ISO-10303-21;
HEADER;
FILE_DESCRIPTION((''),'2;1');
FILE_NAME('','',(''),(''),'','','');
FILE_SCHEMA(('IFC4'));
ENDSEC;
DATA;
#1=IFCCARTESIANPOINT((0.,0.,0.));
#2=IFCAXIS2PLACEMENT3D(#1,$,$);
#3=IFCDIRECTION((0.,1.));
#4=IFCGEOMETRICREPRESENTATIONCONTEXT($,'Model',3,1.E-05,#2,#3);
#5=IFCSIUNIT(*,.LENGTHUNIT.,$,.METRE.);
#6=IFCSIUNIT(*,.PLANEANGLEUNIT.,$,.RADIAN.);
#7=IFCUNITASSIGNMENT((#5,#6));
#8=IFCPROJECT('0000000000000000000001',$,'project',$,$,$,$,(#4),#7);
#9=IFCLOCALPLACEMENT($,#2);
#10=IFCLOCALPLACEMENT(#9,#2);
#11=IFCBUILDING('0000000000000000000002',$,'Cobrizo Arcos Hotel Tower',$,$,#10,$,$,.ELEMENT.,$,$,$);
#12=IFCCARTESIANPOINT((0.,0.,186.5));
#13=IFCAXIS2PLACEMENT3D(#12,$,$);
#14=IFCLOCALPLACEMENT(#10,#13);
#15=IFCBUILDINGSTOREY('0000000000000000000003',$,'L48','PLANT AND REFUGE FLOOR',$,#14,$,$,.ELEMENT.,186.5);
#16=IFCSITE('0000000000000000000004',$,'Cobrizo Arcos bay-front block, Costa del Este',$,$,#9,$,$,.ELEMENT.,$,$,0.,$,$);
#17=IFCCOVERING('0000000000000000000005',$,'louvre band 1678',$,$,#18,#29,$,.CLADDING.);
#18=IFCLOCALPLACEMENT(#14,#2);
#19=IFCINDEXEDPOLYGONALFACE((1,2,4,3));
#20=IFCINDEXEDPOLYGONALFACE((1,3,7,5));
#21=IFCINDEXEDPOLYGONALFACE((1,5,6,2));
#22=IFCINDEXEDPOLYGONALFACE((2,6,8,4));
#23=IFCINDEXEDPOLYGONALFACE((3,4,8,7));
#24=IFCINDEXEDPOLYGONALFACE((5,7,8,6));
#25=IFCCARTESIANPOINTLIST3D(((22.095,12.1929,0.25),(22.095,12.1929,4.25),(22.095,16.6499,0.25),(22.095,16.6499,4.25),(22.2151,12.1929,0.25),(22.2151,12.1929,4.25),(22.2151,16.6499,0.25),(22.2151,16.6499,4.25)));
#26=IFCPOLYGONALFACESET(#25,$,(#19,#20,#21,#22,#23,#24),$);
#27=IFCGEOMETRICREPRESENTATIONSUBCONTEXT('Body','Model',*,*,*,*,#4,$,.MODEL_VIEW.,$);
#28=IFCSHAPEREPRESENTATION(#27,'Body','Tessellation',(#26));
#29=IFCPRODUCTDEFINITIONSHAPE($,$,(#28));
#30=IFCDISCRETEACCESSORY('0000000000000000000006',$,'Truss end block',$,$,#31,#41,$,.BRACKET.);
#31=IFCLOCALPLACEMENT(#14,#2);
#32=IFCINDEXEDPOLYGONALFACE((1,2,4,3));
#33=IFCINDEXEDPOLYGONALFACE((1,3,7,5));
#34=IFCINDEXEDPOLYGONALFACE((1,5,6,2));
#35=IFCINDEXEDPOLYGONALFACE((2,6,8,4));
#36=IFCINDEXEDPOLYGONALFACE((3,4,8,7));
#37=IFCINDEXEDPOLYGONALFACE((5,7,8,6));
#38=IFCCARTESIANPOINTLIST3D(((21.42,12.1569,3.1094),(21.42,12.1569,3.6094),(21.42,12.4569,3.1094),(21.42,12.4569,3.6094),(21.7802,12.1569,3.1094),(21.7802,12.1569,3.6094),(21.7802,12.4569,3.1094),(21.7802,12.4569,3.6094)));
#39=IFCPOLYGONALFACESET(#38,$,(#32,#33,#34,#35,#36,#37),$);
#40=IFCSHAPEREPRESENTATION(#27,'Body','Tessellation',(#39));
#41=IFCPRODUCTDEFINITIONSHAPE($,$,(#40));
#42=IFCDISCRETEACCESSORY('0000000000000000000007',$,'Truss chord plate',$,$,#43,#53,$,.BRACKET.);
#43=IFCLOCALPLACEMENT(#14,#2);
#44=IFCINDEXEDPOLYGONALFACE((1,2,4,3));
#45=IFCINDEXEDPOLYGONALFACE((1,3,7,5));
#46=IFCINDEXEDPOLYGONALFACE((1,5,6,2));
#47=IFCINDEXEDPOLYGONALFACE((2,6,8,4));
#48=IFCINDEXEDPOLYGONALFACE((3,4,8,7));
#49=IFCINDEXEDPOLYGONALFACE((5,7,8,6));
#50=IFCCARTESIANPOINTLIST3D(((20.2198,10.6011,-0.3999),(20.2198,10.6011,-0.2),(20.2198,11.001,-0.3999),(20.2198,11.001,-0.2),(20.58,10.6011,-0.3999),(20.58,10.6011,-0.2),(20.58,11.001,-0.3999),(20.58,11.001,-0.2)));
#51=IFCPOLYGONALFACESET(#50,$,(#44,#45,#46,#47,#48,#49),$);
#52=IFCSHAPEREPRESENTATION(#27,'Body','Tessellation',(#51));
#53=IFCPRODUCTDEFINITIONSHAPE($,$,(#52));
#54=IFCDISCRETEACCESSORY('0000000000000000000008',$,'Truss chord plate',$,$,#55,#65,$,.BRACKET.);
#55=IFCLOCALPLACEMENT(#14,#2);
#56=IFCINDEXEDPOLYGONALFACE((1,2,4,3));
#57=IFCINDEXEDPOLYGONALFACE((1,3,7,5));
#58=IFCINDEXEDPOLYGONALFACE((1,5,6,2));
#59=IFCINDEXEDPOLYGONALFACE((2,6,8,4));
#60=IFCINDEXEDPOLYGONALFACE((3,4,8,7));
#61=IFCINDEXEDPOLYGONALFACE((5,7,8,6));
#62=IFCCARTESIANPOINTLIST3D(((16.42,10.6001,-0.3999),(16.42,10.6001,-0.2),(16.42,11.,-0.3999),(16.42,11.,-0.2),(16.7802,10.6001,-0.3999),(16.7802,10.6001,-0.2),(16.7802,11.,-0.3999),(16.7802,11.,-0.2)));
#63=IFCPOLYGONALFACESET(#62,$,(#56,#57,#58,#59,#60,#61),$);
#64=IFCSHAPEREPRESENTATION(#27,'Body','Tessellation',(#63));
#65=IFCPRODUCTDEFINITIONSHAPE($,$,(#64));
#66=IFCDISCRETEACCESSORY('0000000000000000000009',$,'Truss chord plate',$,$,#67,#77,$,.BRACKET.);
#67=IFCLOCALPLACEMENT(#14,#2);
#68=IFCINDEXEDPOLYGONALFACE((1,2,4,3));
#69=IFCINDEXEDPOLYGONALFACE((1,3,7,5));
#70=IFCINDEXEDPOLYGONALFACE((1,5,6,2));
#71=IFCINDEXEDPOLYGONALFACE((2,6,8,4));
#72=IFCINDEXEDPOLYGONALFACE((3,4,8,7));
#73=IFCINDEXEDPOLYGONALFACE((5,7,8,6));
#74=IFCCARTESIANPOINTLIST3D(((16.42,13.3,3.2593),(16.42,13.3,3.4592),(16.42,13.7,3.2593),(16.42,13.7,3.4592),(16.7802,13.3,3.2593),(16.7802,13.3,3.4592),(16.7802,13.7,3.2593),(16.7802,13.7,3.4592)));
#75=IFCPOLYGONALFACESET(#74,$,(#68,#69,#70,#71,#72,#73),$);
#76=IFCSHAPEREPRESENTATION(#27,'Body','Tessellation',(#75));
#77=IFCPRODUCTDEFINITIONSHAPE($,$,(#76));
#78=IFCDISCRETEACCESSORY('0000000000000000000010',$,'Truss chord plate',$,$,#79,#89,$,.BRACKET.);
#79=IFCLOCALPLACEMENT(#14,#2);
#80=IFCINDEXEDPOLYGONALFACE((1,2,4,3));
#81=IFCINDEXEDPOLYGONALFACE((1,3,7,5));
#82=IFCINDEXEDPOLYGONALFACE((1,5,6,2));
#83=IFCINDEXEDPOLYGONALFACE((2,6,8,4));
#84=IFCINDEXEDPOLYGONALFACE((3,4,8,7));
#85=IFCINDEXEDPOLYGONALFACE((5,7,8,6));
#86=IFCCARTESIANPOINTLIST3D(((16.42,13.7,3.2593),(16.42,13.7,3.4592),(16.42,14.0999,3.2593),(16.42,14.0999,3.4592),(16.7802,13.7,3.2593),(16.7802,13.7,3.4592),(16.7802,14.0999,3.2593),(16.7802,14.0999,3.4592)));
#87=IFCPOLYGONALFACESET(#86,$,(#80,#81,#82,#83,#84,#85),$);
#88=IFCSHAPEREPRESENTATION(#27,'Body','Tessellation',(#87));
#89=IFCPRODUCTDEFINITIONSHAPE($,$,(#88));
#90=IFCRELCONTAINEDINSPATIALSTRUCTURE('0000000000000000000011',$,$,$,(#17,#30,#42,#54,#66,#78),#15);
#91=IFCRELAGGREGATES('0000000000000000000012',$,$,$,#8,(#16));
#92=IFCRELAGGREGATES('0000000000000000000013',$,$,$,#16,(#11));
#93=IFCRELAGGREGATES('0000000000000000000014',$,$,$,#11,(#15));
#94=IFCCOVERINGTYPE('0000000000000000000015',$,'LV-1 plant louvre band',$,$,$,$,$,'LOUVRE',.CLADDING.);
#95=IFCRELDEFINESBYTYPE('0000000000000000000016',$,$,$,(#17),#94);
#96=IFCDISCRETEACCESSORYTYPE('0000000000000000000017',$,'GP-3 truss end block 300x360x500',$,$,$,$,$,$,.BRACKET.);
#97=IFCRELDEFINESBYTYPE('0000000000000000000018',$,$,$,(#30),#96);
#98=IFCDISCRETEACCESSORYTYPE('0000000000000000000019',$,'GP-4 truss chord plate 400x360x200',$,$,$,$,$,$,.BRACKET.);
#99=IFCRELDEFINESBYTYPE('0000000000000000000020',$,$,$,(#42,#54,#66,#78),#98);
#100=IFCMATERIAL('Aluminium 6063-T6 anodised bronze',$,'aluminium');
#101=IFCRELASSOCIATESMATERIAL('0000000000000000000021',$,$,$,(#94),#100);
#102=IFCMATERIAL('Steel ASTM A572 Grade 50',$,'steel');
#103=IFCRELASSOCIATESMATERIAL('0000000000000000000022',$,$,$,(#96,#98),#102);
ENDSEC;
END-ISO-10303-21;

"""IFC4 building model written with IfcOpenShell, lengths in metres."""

from ifc_helpers import new_model, si_unit, direction, frame, origin, origin_2d, place, context, subcontext, project, spatial, rectangle, extrude, material, type_object, element, save


model = new_model("IFC4")

# Units and contexts
model_context = context("Model", 3, precision=1e-05, world=origin(), true_north=direction((0.0, 1.0)))
body_context = subcontext(model_context, "Body", "Model", "MODEL_VIEW")
ifc_project = project(units=[si_unit("LENGTHUNIT", "METRE"), si_unit("PLANEANGLEUNIT", "RADIAN")], contexts=[model_context])

# Site, building, storey
site_placement = place(None, origin())
site = spatial("IfcSite", under=ifc_project, at=site_placement, Name="Cobrizo Arcos bay-front block, Costa del Este", CompositionType="ELEMENT", RefElevation=0.0)
building_placement = place(site_placement, origin())
building = spatial("IfcBuilding", under=site, at=building_placement, Name="Cobrizo Arcos Hotel Tower", CompositionType="ELEMENT")
storey_placement = place(building_placement, frame((0.0, 0.0, 186.5)))
storey = spatial("IfcBuildingStorey", under=building, at=storey_placement, Name="L48", Description="PLANT AND REFUGE FLOOR", CompositionType="ELEMENT", Elevation=186.5)

# Shared definitions
ifc_material_1 = material(Name="Steel ASTM A572 Grade 50", Category="steel")

# Shared definitions
ifc_material_2 = material(Name="Aluminium 6063-T6 anodised bronze", Category="aluminium")

# Covering
covering_type = type_object("IfcCoveringType", Name="LV-1 plant louvre band", ElementType="LOUVRE", PredefinedType="CLADDING", material=ifc_material_2)
covering_1_placement = place(storey_placement, frame((22.155, 14.4214, 0.25), z_axis=(0.0, 0.0, 1.0), x_axis=(0.0, 1.0, 0.0)))
element("IfcCovering", 1, at=covering_1_placement, inside=storey, type_object=covering_type, Name="louvre band 1678", PredefinedType="CLADDING", context=body_context, shape_type="SweptSolid", body=[
    extrude(rectangle(XDim=4.457, YDim=0.1201, at=origin_2d()), origin(), (0.0, 0.0, 1.0), 4.0),
])

# Discrete accessories
discrete_accessory_type_1 = type_object("IfcDiscreteAccessoryType", Name="GP-3 truss end block 300x360x500", PredefinedType="BRACKET", material=ifc_material_1)
discrete_accessory_placement = place(storey_placement, frame((21.6001, 12.3069, 3.1094), z_axis=(0.0, 0.0, 1.0), x_axis=(0.0, 1.0, 0.0)))
element("IfcDiscreteAccessory", 2, at=discrete_accessory_placement, inside=storey, type_object=discrete_accessory_type_1, Name="Truss end block", PredefinedType="BRACKET", context=body_context, shape_type="SweptSolid", body=[
    extrude(rectangle(XDim=0.3, YDim=0.3601, at=origin_2d()), origin(), (0.0, 0.0, 1.0), 0.5),
])
discrete_accessory_type_2 = type_object("IfcDiscreteAccessoryType", Name="GP-4 truss chord plate 400x360x200", PredefinedType="BRACKET", material=ifc_material_1)
for number, where, z_axis, x_axis, name in (
    (3, (20.3999, 10.801, -0.3999), (0.0, 0.0, 1.0), (0.0, 1.0, 0.0), "Truss chord plate"),
    (4, (16.6001, 10.8, -0.3999), (0.0, 0.0, 1.0), (0.0, 1.0, 0.0), "Truss chord plate"),
    (5, (16.6001, 13.5, 3.2593), (0.0, 0.0, 1.0), (0.0, 1.0, 0.0), "Truss chord plate"),
    (6, (16.6001, 13.8999, 3.2593), (0.0, 0.0, 1.0), (0.0, 1.0, 0.0), "Truss chord plate"),
):
    element("IfcDiscreteAccessory", number, at=place(storey_placement, frame(where, z_axis=z_axis, x_axis=x_axis)), inside=storey, type_object=discrete_accessory_type_2, Name=name, PredefinedType="BRACKET", context=body_context, shape_type="SweptSolid", body=[
        extrude(rectangle(XDim=0.3999, YDim=0.3601, at=origin_2d()), origin(), (0.0, 0.0, 1.0), 0.2),
    ])

save(model, "model.ifc")
